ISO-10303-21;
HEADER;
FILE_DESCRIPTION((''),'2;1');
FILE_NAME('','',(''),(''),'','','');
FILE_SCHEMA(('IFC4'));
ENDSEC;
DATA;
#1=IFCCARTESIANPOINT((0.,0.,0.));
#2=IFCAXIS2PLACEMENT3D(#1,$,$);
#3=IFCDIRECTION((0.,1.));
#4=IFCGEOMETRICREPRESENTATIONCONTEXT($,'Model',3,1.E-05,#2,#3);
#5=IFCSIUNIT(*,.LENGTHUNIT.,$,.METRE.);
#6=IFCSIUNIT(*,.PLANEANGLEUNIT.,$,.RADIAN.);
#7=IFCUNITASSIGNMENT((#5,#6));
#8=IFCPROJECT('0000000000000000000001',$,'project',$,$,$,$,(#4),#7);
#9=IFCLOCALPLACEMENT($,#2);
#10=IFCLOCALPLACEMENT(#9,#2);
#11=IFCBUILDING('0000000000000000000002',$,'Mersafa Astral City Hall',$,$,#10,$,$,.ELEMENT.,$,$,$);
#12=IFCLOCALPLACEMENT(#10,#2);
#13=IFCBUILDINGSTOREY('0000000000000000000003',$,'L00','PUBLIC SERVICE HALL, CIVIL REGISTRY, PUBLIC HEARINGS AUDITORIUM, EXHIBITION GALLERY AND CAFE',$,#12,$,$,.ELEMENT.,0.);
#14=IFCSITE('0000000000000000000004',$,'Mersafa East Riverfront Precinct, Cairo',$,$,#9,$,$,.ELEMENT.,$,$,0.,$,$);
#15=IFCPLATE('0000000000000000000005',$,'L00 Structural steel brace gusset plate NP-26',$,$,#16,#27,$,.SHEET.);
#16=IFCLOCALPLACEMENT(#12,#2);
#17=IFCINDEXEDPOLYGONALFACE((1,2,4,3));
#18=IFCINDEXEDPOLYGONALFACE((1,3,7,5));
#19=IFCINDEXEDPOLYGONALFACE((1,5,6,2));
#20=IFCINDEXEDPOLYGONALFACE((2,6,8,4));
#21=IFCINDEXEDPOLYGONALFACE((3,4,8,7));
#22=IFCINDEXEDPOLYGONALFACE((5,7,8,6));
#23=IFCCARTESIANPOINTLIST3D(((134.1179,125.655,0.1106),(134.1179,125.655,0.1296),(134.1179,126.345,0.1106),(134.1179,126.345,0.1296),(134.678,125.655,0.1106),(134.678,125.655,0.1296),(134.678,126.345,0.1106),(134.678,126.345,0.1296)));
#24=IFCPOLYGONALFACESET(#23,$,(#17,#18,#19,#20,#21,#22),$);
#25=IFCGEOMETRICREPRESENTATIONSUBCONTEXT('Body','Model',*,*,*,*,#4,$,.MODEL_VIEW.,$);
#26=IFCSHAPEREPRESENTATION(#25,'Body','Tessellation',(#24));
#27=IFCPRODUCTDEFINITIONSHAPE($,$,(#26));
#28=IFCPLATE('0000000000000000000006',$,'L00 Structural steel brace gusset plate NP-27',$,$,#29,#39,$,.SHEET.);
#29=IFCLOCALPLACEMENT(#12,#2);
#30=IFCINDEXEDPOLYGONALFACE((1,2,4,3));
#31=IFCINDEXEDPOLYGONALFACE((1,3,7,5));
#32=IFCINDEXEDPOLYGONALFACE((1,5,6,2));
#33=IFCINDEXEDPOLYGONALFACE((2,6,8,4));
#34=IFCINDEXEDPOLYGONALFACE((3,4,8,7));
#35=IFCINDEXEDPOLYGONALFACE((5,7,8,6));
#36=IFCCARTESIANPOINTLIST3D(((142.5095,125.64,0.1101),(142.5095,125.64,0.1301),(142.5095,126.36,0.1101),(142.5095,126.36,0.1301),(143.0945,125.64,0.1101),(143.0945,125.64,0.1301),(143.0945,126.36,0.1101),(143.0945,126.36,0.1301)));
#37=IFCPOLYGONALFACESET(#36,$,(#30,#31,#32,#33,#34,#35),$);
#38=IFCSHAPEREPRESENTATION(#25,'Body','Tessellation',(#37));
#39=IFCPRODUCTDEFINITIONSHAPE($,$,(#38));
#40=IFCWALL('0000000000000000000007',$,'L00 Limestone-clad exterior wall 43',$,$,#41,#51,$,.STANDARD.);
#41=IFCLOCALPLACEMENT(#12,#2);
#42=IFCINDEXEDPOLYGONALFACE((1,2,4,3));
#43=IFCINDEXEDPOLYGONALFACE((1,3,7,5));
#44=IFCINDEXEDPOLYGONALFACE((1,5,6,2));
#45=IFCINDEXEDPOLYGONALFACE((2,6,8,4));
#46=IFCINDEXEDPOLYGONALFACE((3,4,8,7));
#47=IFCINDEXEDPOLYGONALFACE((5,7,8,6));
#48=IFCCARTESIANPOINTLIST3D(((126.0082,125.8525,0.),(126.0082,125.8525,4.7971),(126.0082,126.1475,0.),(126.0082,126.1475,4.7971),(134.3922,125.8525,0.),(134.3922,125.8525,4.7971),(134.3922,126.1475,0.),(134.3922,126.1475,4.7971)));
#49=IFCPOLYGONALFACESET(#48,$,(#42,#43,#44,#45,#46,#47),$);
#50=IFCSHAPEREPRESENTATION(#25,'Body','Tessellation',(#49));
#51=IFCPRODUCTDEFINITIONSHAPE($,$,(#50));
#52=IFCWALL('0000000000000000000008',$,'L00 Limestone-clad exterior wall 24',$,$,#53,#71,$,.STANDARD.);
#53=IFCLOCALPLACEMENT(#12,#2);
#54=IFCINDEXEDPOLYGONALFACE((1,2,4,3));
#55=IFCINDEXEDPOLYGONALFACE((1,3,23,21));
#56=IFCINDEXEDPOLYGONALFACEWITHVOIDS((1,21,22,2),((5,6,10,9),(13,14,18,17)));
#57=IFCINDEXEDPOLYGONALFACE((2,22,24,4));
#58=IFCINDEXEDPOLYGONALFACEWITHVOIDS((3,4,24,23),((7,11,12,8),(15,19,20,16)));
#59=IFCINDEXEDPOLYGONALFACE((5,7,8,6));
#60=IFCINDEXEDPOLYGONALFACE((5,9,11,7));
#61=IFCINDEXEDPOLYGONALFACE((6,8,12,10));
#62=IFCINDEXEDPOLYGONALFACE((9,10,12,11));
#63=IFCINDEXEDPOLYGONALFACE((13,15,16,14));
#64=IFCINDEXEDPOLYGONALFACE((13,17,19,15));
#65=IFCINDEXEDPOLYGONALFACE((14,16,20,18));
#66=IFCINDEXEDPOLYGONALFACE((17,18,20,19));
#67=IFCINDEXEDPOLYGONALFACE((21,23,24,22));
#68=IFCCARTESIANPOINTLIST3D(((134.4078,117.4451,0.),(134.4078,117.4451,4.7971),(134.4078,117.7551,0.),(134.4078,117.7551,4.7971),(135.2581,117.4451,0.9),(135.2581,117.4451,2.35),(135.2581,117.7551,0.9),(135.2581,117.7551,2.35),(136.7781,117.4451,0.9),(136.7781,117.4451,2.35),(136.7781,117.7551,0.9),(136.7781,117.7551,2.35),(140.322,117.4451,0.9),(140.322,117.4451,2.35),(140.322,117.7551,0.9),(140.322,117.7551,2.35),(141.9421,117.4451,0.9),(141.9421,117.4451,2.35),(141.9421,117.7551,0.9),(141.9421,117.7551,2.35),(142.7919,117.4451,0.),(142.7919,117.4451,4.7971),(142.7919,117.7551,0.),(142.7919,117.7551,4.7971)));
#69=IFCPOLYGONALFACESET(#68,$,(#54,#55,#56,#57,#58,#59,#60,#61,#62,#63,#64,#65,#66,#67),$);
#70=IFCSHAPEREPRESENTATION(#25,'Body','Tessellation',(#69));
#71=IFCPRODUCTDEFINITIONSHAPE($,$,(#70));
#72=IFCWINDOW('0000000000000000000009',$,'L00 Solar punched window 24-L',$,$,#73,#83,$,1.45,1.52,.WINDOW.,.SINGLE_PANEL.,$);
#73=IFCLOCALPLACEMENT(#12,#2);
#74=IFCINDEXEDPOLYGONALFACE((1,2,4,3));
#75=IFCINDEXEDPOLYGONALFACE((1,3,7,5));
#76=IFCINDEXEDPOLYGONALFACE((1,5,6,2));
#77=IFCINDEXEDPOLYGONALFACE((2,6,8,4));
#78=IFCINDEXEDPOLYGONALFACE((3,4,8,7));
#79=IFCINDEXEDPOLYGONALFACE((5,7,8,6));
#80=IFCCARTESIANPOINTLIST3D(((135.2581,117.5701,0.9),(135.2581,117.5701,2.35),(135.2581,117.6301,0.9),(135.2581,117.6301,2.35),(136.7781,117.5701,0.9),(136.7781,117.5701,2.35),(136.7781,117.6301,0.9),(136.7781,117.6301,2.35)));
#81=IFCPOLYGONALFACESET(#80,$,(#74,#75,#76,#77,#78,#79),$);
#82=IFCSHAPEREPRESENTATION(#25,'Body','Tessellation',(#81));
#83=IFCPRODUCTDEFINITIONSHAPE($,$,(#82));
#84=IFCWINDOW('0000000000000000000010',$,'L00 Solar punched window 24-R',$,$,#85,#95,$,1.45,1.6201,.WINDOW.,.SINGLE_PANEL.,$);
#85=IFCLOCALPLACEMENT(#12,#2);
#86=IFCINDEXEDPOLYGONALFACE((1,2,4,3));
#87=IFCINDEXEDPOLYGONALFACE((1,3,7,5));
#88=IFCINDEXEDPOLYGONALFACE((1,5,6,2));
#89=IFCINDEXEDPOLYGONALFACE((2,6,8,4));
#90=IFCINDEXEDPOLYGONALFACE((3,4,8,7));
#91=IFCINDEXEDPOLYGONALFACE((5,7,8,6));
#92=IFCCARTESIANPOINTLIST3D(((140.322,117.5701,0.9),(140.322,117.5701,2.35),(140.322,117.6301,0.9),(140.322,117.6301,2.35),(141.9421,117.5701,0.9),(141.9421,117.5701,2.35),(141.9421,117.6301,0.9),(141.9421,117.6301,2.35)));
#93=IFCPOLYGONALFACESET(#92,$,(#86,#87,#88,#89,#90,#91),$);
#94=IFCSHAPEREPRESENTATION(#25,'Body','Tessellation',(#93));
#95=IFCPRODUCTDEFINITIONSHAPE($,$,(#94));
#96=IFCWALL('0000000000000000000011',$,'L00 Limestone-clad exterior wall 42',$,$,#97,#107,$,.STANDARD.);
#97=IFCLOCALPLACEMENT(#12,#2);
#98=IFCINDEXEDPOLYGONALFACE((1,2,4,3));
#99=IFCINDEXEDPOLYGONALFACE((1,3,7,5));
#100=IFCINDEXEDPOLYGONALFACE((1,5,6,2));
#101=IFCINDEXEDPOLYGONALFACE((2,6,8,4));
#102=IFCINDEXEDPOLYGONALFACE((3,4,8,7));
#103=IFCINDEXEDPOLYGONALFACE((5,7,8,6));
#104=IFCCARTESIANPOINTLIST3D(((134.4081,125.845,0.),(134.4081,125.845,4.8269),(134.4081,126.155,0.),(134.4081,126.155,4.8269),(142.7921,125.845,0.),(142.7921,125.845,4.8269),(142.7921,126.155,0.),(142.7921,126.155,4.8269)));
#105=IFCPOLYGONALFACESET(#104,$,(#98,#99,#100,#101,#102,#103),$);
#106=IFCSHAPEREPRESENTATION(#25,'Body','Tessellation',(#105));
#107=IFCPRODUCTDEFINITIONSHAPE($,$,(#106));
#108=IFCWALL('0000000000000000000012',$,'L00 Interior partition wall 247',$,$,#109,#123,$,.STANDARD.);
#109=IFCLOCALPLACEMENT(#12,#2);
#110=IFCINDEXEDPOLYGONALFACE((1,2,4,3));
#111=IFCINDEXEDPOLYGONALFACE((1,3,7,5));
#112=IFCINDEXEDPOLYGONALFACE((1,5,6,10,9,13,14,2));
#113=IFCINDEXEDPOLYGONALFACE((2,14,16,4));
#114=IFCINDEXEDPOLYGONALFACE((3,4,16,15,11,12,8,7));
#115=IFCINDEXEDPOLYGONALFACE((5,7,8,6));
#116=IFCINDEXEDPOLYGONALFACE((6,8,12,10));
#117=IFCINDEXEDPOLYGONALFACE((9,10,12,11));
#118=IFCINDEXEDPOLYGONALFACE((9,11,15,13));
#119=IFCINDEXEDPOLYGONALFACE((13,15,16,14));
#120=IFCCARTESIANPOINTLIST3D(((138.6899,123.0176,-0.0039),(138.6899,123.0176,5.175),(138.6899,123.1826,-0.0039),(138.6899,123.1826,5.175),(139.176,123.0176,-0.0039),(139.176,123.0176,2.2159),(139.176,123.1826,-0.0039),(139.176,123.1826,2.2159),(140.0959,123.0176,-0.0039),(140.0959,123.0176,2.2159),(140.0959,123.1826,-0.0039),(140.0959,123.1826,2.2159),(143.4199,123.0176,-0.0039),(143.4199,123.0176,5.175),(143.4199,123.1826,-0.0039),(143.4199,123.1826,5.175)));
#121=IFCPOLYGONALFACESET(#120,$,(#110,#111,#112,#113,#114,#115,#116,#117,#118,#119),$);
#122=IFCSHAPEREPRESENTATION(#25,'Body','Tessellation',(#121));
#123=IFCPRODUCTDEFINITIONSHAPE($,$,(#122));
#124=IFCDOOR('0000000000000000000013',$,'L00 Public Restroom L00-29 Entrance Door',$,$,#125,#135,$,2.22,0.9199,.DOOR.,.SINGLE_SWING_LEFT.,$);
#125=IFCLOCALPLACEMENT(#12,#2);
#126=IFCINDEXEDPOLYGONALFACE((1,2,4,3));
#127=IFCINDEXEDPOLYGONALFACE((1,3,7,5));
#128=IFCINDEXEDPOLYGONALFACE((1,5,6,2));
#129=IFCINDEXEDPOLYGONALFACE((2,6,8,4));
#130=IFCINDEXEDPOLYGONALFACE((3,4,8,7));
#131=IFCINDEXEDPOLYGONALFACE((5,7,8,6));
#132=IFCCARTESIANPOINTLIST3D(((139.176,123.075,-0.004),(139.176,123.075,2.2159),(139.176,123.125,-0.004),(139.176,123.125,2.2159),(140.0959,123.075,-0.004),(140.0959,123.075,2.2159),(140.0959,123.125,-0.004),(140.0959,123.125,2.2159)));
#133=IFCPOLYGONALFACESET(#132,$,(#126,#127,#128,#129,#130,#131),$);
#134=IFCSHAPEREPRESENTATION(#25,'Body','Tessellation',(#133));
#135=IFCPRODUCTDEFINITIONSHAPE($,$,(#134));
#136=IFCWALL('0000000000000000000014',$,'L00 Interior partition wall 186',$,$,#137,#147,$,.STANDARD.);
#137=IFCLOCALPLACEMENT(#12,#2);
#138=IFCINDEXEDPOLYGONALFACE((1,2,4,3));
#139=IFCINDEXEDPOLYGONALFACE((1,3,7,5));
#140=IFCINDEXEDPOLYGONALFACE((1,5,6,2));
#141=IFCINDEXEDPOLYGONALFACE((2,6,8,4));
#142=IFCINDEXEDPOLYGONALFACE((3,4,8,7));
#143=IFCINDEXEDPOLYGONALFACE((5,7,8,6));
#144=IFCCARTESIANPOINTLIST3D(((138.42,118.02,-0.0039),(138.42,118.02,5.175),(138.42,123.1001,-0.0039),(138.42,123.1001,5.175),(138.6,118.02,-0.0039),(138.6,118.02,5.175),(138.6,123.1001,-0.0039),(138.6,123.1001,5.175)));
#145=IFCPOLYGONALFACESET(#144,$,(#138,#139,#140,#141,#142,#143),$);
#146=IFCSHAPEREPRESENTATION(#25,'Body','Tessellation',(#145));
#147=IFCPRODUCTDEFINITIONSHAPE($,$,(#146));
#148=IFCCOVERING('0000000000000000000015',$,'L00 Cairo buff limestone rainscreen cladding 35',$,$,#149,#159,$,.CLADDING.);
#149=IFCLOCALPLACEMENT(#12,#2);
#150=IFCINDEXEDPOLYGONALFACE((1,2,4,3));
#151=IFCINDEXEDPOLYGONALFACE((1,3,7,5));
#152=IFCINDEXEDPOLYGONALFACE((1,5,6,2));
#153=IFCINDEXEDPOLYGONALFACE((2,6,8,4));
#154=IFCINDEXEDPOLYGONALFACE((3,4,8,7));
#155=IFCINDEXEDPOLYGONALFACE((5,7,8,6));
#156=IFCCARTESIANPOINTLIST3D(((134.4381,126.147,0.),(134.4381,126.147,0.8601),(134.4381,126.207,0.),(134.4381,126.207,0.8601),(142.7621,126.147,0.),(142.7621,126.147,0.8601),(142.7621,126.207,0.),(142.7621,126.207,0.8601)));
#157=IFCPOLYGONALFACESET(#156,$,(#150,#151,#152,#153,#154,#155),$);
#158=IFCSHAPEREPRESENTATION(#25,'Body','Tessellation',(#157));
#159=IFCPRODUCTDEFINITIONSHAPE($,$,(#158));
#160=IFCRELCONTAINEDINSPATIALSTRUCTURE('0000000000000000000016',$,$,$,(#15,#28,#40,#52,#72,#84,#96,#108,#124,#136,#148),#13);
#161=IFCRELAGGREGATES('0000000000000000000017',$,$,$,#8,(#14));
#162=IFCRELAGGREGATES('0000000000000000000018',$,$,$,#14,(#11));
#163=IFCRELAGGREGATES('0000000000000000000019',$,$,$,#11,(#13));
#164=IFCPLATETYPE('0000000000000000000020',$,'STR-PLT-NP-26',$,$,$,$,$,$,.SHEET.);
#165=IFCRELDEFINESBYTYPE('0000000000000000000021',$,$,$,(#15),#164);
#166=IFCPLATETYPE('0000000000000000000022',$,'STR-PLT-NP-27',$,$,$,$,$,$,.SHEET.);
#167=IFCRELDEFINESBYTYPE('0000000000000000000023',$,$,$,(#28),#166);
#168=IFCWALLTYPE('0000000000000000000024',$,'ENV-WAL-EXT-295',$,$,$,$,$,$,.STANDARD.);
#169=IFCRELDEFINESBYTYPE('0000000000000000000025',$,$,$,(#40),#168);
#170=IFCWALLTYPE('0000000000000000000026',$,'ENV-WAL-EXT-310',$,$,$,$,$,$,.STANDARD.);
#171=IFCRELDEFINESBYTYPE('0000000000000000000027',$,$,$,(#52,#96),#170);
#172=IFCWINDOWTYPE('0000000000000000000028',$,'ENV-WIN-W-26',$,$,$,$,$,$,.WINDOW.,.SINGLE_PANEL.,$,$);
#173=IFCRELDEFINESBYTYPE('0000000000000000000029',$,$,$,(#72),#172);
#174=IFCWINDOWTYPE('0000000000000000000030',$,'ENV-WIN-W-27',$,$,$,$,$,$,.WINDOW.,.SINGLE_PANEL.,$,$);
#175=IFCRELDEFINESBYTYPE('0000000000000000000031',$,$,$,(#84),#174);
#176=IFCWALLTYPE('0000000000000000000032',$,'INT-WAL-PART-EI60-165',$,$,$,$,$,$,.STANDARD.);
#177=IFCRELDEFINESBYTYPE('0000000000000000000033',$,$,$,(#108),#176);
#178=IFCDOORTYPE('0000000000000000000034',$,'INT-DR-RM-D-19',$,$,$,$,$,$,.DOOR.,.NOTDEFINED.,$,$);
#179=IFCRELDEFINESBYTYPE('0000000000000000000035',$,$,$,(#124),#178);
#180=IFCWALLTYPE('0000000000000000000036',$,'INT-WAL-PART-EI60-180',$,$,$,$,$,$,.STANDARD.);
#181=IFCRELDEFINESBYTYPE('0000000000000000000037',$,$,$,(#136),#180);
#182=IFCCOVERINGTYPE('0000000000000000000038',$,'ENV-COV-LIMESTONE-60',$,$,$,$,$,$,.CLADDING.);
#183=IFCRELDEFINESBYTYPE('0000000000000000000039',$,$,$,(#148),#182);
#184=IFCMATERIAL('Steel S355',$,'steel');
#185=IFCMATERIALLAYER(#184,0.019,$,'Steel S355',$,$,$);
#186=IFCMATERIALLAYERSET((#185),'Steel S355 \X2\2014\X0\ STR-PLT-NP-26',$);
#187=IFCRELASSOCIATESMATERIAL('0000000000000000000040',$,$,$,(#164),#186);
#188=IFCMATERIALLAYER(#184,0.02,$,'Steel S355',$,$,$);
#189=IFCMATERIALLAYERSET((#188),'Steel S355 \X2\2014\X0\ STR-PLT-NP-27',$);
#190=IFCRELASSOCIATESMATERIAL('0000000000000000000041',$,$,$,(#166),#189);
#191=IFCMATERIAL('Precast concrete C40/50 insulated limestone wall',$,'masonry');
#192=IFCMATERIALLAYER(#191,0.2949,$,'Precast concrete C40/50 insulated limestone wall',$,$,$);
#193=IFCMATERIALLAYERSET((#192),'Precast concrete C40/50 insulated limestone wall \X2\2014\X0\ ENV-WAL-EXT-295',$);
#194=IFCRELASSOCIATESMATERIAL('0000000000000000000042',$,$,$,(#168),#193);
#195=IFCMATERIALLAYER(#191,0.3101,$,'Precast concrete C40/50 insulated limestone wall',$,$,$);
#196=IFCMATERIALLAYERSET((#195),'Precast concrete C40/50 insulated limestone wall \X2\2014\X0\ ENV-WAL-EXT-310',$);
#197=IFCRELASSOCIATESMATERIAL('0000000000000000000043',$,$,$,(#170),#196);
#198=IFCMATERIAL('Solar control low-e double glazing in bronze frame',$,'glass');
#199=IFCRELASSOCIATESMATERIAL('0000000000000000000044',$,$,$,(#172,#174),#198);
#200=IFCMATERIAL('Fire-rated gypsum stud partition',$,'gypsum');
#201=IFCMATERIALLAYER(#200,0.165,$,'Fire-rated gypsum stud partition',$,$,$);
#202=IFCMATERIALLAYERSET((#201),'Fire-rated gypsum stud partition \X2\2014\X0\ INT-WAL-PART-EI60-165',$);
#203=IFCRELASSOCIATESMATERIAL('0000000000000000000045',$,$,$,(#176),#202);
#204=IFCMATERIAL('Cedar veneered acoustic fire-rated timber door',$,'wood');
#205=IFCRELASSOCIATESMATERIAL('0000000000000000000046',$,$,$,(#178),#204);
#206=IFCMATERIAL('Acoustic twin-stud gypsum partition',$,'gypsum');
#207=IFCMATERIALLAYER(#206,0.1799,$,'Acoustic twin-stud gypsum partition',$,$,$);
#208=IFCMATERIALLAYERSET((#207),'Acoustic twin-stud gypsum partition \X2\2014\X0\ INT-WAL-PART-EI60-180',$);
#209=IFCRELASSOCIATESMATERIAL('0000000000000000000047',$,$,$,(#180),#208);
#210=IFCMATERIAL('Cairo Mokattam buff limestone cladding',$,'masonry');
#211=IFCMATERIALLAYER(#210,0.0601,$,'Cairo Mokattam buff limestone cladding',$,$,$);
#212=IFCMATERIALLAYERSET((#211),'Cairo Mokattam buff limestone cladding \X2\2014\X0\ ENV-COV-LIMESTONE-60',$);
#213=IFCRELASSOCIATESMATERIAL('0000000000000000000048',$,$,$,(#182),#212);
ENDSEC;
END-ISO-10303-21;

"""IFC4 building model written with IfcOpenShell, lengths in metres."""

from ifc_helpers import new_model, si_unit, direction, frame, frame_2d, origin, origin_2d, place, context, subcontext, project, spatial, rectangle, extrude, material, layer, layer_set, type_object, element, fill, save


model = new_model("IFC4")

# Units and contexts
model_context = context("Model", 3, precision=1e-05, world=origin(), true_north=direction((0.0, 1.0)))
body_context = subcontext(model_context, "Body", "Model", "MODEL_VIEW")
ifc_project = project(units=[si_unit("LENGTHUNIT", "METRE"), si_unit("PLANEANGLEUNIT", "RADIAN")], contexts=[model_context])

# Site, building, storey
site_placement = place(None, origin())
site = spatial("IfcSite", under=ifc_project, at=site_placement, Name="Mersafa East Riverfront Precinct, Cairo", CompositionType="ELEMENT", RefElevation=0.0)
building_placement = place(site_placement, origin())
building = spatial("IfcBuilding", under=site, at=building_placement, Name="Mersafa Astral City Hall", CompositionType="ELEMENT")
storey_placement = place(building_placement, origin())
storey = spatial("IfcBuildingStorey", under=building, at=storey_placement, Name="L00", Description="PUBLIC SERVICE HALL, CIVIL REGISTRY, PUBLIC HEARINGS AUDITORIUM, EXHIBITION GALLERY AND CAFE", CompositionType="ELEMENT", Elevation=0.0)

# Shared definitions
ifc_material_1 = material(Name="Steel S355", Category="steel")

# Plates
ifc_layer_1 = layer(ifc_material_1, 0.019, Name="Steel S355")
ifc_layer_set_1 = layer_set([ifc_layer_1], Name="Steel S355 — STR-PLT-NP-26")
plate_type_1 = type_object("IfcPlateType", Name="STR-PLT-NP-26", PredefinedType="SHEET", material=ifc_layer_set_1)
plate_1_placement = place(storey_placement, frame((134.3979, 126.0, 0.1106), z_axis=(0.0, 0.0, 1.0), x_axis=(1.0, 0.0, 0.0)))
element("IfcPlate", 1, at=plate_1_placement, inside=storey, type_object=plate_type_1, Name="L00 Structural steel brace gusset plate NP-26", PredefinedType="SHEET", context=body_context, shape_type="SweptSolid", body=[
    extrude(rectangle(XDim=0.5601, YDim=0.6899, at=origin_2d()), origin(), (0.0, 0.0, 1.0), 0.019),
])
ifc_layer_2 = layer(ifc_material_1, 0.02, Name="Steel S355")
ifc_layer_set_2 = layer_set([ifc_layer_2], Name="Steel S355 — STR-PLT-NP-27")
plate_type_2 = type_object("IfcPlateType", Name="STR-PLT-NP-27", PredefinedType="SHEET", material=ifc_layer_set_2)
plate_2_placement = place(storey_placement, frame((142.802, 126.0, 0.1101), z_axis=(0.0, 0.0, 1.0), x_axis=(1.0, 0.0, 0.0)))
element("IfcPlate", 2, at=plate_2_placement, inside=storey, type_object=plate_type_2, Name="L00 Structural steel brace gusset plate NP-27", PredefinedType="SHEET", context=body_context, shape_type="SweptSolid", body=[
    extrude(rectangle(XDim=0.585, YDim=0.72, at=origin_2d()), origin(), (0.0, 0.0, 1.0), 0.02),
])

# Wall
ifc_material_2 = material(Name="Precast concrete C40/50 insulated limestone wall", Category="masonry")
ifc_layer_3 = layer(ifc_material_2, 0.2949, Name="Precast concrete C40/50 insulated limestone wall")
ifc_layer_set_3 = layer_set([ifc_layer_3], Name="Precast concrete C40/50 insulated limestone wall — ENV-WAL-EXT-295")
wall_type_1 = type_object("IfcWallType", Name="ENV-WAL-EXT-295", PredefinedType="STANDARD", material=ifc_layer_set_3)
wall_1_placement = place(storey_placement, frame((134.3921, 126.0, 0.0), z_axis=(0.0, 0.0, 1.0), x_axis=(-1.0, 0.0, 0.0)))
element("IfcWall", 3, at=wall_1_placement, inside=storey, type_object=wall_type_1, Name="L00 Limestone-clad exterior wall 43", PredefinedType="STANDARD", context=body_context, shape_type="SweptSolid", body=[
    extrude(rectangle(XDim=8.384, YDim=0.2949, at=frame_2d((4.1919, 0.0))), origin(), (0.0, 0.0, 1.0), 4.7971),
])

# Wall, openings, windows
ifc_layer_4 = layer(ifc_material_2, 0.3101, Name="Precast concrete C40/50 insulated limestone wall")
ifc_layer_set_4 = layer_set([ifc_layer_4], Name="Precast concrete C40/50 insulated limestone wall — ENV-WAL-EXT-310")
wall_type_2 = type_object("IfcWallType", Name="ENV-WAL-EXT-310", PredefinedType="STANDARD", material=ifc_layer_set_4)
wall_2_placement = place(storey_placement, frame((134.408, 117.6001, 0.0), z_axis=(0.0, 0.0, 1.0), x_axis=(1.0, 0.0, 0.0)))
wall_2 = element("IfcWall", 4, at=wall_2_placement, inside=storey, type_object=wall_type_2, Name="L00 Limestone-clad exterior wall 24", PredefinedType="STANDARD", context=body_context, shape_type="SweptSolid", body=[
    extrude(rectangle(XDim=8.384, YDim=0.3101, at=frame_2d((4.1919, 0.0))), origin(), (0.0, 0.0, 1.0), 4.7971),
])
opening_1_placement = place(wall_2_placement, frame((0.8501, 0.0, 0.8999)))
opening_1 = element("IfcOpeningElement", 5, at=opening_1_placement, cuts=wall_2, PredefinedType="OPENING", context=body_context, shape_type="SweptSolid", body=[
    extrude(rectangle(XDim=1.52, YDim=1.45, at=frame_2d((0.76, 0.7251))), frame((0.0, 0.165, 0.0), z_axis=(0.0, -1.0, 0.0), x_axis=(1.0, 0.0, 0.0)), (0.0, 0.0, 1.0), 0.3301),
])
opening_2_placement = place(wall_2_placement, frame((5.9141, 0.0, 0.8999)))
opening_2 = element("IfcOpeningElement", 6, at=opening_2_placement, cuts=wall_2, PredefinedType="OPENING", context=body_context, shape_type="SweptSolid", body=[
    extrude(rectangle(XDim=1.6201, YDim=1.45, at=frame_2d((0.8101, 0.7251))), frame((0.0, 0.165, 0.0), z_axis=(0.0, -1.0, 0.0), x_axis=(1.0, 0.0, 0.0)), (0.0, 0.0, 1.0), 0.3301),
])
ifc_material_3 = material(Name="Solar control low-e double glazing in bronze frame", Category="glass")
window_type_1 = type_object("IfcWindowType", Name="ENV-WIN-W-26", PartitioningType="SINGLE_PANEL", PredefinedType="WINDOW", material=ifc_material_3)
window_1_placement = place(opening_1_placement, origin())
window_1 = element("IfcWindow", 7, at=window_1_placement, inside=storey, type_object=window_type_1, Name="L00 Solar punched window 24-L", OverallHeight=1.45, OverallWidth=1.52, PartitioningType="SINGLE_PANEL", PredefinedType="WINDOW", context=body_context, shape_type="SweptSolid", body=[
    extrude(rectangle(XDim=1.52, YDim=1.45, at=frame_2d((0.76, 0.7251))), frame((0.0, 0.03, 0.0), z_axis=(0.0, -1.0, 0.0), x_axis=(1.0, 0.0, 0.0)), (0.0, 0.0, 1.0), 0.0601),
])
fill(opening_1, window_1)
window_type_2 = type_object("IfcWindowType", Name="ENV-WIN-W-27", PartitioningType="SINGLE_PANEL", PredefinedType="WINDOW", material=ifc_material_3)
window_2_placement = place(opening_2_placement, origin())
window_2 = element("IfcWindow", 8, at=window_2_placement, inside=storey, type_object=window_type_2, Name="L00 Solar punched window 24-R", OverallHeight=1.45, OverallWidth=1.6201, PartitioningType="SINGLE_PANEL", PredefinedType="WINDOW", context=body_context, shape_type="SweptSolid", body=[
    extrude(rectangle(XDim=1.6201, YDim=1.45, at=frame_2d((0.8101, 0.7251))), frame((0.0, 0.03, 0.0), z_axis=(0.0, -1.0, 0.0), x_axis=(1.0, 0.0, 0.0)), (0.0, 0.0, 1.0), 0.0601),
])
fill(opening_2, window_2)

# Wall
wall_3_placement = place(storey_placement, frame((142.792, 126.0, 0.0), z_axis=(0.0, 0.0, 1.0), x_axis=(-1.0, 0.0, 0.0)))
element("IfcWall", 9, at=wall_3_placement, inside=storey, type_object=wall_type_2, Name="L00 Limestone-clad exterior wall 42", PredefinedType="STANDARD", context=body_context, shape_type="SweptSolid", body=[
    extrude(rectangle(XDim=8.384, YDim=0.3101, at=frame_2d((4.1919, 0.0))), origin(), (0.0, 0.0, 1.0), 4.8269),
])

# Wall, opening, door
ifc_material_4 = material(Name="Fire-rated gypsum stud partition", Category="gypsum")
ifc_layer_5 = layer(ifc_material_4, 0.165, Name="Fire-rated gypsum stud partition")
ifc_layer_set_5 = layer_set([ifc_layer_5], Name="Fire-rated gypsum stud partition — INT-WAL-PART-EI60-165")
wall_type_3 = type_object("IfcWallType", Name="INT-WAL-PART-EI60-165", PredefinedType="STANDARD", material=ifc_layer_set_5)
wall_4_placement = place(storey_placement, frame((138.6899, 123.1001, -0.0039), z_axis=(0.0, 0.0, 1.0), x_axis=(1.0, 0.0, 0.0)))
wall_4 = element("IfcWall", 10, at=wall_4_placement, inside=storey, type_object=wall_type_3, Name="L00 Interior partition wall 247", PredefinedType="STANDARD", context=body_context, shape_type="SweptSolid", body=[
    extrude(rectangle(XDim=4.73, YDim=0.165, at=frame_2d((2.365, 0.0))), origin(), (0.0, 0.0, 1.0), 5.179),
])
opening_3_placement = place(wall_4_placement, frame((0.4861, 0.0, 0.0)))
opening_3 = element("IfcOpeningElement", 11, at=opening_3_placement, cuts=wall_4, PredefinedType="OPENING", context=body_context, shape_type="SweptSolid", body=[
    extrude(rectangle(XDim=0.9199, YDim=2.22, at=frame_2d((0.46, 1.1099))), frame((0.0, 0.0925, 0.0), z_axis=(0.0, -1.0, 0.0), x_axis=(1.0, 0.0, 0.0)), (0.0, 0.0, 1.0), 0.1851),
])
ifc_material_5 = material(Name="Cedar veneered acoustic fire-rated timber door", Category="wood")
door_type = type_object("IfcDoorType", Name="INT-DR-RM-D-19", OperationType="NOTDEFINED", PredefinedType="DOOR", material=ifc_material_5)
door_placement = place(opening_3_placement, origin())
door = element("IfcDoor", 12, at=door_placement, inside=storey, type_object=door_type, Name="L00 Public Restroom L00-29 Entrance Door", OperationType="SINGLE_SWING_LEFT", OverallHeight=2.22, OverallWidth=0.9199, PredefinedType="DOOR", context=body_context, shape_type="SweptSolid", body=[
    extrude(rectangle(XDim=0.9199, YDim=2.22, at=frame_2d((0.46, 1.1099))), frame((0.0, 0.0249, 0.0), z_axis=(0.0, -1.0, 0.0), x_axis=(1.0, 0.0, 0.0)), (0.0, 0.0, 1.0), 0.05),
])
fill(opening_3, door)

# Wall
ifc_material_6 = material(Name="Acoustic twin-stud gypsum partition", Category="gypsum")
ifc_layer_6 = layer(ifc_material_6, 0.1799, Name="Acoustic twin-stud gypsum partition")
ifc_layer_set_6 = layer_set([ifc_layer_6], Name="Acoustic twin-stud gypsum partition — INT-WAL-PART-EI60-180")
wall_type_4 = type_object("IfcWallType", Name="INT-WAL-PART-EI60-180", PredefinedType="STANDARD", material=ifc_layer_set_6)
wall_5_placement = place(storey_placement, frame((138.51, 123.1001, -0.0039), z_axis=(0.0, 0.0, 1.0), x_axis=(0.0, -1.0, 0.0)))
element("IfcWall", 13, at=wall_5_placement, inside=storey, type_object=wall_type_4, Name="L00 Interior partition wall 186", PredefinedType="STANDARD", context=body_context, shape_type="SweptSolid", body=[
    extrude(rectangle(XDim=5.0801, YDim=0.1799, at=frame_2d((2.54, 0.0))), origin(), (0.0, 0.0, 1.0), 5.179),
])

# Covering
ifc_material_7 = material(Name="Cairo Mokattam buff limestone cladding", Category="masonry")
ifc_layer_7 = layer(ifc_material_7, 0.0601, Name="Cairo Mokattam buff limestone cladding")
ifc_layer_set_7 = layer_set([ifc_layer_7], Name="Cairo Mokattam buff limestone cladding — ENV-COV-LIMESTONE-60")
covering_type = type_object("IfcCoveringType", Name="ENV-COV-LIMESTONE-60", PredefinedType="CLADDING", material=ifc_layer_set_7)
covering_placement = place(storey_placement, frame((138.6001, 126.177, 0.0), z_axis=(0.0, 0.0, 1.0), x_axis=(-1.0, 0.0, 0.0)))
element("IfcCovering", 14, at=covering_placement, inside=storey, type_object=covering_type, Name="L00 Cairo buff limestone rainscreen cladding 35", PredefinedType="CLADDING", context=body_context, shape_type="SweptSolid", body=[
    extrude(rectangle(XDim=8.324, YDim=0.0601, at=origin_2d()), origin(), (0.0, 0.0, 1.0), 0.8601),
])

save(model, "model.ifc")
